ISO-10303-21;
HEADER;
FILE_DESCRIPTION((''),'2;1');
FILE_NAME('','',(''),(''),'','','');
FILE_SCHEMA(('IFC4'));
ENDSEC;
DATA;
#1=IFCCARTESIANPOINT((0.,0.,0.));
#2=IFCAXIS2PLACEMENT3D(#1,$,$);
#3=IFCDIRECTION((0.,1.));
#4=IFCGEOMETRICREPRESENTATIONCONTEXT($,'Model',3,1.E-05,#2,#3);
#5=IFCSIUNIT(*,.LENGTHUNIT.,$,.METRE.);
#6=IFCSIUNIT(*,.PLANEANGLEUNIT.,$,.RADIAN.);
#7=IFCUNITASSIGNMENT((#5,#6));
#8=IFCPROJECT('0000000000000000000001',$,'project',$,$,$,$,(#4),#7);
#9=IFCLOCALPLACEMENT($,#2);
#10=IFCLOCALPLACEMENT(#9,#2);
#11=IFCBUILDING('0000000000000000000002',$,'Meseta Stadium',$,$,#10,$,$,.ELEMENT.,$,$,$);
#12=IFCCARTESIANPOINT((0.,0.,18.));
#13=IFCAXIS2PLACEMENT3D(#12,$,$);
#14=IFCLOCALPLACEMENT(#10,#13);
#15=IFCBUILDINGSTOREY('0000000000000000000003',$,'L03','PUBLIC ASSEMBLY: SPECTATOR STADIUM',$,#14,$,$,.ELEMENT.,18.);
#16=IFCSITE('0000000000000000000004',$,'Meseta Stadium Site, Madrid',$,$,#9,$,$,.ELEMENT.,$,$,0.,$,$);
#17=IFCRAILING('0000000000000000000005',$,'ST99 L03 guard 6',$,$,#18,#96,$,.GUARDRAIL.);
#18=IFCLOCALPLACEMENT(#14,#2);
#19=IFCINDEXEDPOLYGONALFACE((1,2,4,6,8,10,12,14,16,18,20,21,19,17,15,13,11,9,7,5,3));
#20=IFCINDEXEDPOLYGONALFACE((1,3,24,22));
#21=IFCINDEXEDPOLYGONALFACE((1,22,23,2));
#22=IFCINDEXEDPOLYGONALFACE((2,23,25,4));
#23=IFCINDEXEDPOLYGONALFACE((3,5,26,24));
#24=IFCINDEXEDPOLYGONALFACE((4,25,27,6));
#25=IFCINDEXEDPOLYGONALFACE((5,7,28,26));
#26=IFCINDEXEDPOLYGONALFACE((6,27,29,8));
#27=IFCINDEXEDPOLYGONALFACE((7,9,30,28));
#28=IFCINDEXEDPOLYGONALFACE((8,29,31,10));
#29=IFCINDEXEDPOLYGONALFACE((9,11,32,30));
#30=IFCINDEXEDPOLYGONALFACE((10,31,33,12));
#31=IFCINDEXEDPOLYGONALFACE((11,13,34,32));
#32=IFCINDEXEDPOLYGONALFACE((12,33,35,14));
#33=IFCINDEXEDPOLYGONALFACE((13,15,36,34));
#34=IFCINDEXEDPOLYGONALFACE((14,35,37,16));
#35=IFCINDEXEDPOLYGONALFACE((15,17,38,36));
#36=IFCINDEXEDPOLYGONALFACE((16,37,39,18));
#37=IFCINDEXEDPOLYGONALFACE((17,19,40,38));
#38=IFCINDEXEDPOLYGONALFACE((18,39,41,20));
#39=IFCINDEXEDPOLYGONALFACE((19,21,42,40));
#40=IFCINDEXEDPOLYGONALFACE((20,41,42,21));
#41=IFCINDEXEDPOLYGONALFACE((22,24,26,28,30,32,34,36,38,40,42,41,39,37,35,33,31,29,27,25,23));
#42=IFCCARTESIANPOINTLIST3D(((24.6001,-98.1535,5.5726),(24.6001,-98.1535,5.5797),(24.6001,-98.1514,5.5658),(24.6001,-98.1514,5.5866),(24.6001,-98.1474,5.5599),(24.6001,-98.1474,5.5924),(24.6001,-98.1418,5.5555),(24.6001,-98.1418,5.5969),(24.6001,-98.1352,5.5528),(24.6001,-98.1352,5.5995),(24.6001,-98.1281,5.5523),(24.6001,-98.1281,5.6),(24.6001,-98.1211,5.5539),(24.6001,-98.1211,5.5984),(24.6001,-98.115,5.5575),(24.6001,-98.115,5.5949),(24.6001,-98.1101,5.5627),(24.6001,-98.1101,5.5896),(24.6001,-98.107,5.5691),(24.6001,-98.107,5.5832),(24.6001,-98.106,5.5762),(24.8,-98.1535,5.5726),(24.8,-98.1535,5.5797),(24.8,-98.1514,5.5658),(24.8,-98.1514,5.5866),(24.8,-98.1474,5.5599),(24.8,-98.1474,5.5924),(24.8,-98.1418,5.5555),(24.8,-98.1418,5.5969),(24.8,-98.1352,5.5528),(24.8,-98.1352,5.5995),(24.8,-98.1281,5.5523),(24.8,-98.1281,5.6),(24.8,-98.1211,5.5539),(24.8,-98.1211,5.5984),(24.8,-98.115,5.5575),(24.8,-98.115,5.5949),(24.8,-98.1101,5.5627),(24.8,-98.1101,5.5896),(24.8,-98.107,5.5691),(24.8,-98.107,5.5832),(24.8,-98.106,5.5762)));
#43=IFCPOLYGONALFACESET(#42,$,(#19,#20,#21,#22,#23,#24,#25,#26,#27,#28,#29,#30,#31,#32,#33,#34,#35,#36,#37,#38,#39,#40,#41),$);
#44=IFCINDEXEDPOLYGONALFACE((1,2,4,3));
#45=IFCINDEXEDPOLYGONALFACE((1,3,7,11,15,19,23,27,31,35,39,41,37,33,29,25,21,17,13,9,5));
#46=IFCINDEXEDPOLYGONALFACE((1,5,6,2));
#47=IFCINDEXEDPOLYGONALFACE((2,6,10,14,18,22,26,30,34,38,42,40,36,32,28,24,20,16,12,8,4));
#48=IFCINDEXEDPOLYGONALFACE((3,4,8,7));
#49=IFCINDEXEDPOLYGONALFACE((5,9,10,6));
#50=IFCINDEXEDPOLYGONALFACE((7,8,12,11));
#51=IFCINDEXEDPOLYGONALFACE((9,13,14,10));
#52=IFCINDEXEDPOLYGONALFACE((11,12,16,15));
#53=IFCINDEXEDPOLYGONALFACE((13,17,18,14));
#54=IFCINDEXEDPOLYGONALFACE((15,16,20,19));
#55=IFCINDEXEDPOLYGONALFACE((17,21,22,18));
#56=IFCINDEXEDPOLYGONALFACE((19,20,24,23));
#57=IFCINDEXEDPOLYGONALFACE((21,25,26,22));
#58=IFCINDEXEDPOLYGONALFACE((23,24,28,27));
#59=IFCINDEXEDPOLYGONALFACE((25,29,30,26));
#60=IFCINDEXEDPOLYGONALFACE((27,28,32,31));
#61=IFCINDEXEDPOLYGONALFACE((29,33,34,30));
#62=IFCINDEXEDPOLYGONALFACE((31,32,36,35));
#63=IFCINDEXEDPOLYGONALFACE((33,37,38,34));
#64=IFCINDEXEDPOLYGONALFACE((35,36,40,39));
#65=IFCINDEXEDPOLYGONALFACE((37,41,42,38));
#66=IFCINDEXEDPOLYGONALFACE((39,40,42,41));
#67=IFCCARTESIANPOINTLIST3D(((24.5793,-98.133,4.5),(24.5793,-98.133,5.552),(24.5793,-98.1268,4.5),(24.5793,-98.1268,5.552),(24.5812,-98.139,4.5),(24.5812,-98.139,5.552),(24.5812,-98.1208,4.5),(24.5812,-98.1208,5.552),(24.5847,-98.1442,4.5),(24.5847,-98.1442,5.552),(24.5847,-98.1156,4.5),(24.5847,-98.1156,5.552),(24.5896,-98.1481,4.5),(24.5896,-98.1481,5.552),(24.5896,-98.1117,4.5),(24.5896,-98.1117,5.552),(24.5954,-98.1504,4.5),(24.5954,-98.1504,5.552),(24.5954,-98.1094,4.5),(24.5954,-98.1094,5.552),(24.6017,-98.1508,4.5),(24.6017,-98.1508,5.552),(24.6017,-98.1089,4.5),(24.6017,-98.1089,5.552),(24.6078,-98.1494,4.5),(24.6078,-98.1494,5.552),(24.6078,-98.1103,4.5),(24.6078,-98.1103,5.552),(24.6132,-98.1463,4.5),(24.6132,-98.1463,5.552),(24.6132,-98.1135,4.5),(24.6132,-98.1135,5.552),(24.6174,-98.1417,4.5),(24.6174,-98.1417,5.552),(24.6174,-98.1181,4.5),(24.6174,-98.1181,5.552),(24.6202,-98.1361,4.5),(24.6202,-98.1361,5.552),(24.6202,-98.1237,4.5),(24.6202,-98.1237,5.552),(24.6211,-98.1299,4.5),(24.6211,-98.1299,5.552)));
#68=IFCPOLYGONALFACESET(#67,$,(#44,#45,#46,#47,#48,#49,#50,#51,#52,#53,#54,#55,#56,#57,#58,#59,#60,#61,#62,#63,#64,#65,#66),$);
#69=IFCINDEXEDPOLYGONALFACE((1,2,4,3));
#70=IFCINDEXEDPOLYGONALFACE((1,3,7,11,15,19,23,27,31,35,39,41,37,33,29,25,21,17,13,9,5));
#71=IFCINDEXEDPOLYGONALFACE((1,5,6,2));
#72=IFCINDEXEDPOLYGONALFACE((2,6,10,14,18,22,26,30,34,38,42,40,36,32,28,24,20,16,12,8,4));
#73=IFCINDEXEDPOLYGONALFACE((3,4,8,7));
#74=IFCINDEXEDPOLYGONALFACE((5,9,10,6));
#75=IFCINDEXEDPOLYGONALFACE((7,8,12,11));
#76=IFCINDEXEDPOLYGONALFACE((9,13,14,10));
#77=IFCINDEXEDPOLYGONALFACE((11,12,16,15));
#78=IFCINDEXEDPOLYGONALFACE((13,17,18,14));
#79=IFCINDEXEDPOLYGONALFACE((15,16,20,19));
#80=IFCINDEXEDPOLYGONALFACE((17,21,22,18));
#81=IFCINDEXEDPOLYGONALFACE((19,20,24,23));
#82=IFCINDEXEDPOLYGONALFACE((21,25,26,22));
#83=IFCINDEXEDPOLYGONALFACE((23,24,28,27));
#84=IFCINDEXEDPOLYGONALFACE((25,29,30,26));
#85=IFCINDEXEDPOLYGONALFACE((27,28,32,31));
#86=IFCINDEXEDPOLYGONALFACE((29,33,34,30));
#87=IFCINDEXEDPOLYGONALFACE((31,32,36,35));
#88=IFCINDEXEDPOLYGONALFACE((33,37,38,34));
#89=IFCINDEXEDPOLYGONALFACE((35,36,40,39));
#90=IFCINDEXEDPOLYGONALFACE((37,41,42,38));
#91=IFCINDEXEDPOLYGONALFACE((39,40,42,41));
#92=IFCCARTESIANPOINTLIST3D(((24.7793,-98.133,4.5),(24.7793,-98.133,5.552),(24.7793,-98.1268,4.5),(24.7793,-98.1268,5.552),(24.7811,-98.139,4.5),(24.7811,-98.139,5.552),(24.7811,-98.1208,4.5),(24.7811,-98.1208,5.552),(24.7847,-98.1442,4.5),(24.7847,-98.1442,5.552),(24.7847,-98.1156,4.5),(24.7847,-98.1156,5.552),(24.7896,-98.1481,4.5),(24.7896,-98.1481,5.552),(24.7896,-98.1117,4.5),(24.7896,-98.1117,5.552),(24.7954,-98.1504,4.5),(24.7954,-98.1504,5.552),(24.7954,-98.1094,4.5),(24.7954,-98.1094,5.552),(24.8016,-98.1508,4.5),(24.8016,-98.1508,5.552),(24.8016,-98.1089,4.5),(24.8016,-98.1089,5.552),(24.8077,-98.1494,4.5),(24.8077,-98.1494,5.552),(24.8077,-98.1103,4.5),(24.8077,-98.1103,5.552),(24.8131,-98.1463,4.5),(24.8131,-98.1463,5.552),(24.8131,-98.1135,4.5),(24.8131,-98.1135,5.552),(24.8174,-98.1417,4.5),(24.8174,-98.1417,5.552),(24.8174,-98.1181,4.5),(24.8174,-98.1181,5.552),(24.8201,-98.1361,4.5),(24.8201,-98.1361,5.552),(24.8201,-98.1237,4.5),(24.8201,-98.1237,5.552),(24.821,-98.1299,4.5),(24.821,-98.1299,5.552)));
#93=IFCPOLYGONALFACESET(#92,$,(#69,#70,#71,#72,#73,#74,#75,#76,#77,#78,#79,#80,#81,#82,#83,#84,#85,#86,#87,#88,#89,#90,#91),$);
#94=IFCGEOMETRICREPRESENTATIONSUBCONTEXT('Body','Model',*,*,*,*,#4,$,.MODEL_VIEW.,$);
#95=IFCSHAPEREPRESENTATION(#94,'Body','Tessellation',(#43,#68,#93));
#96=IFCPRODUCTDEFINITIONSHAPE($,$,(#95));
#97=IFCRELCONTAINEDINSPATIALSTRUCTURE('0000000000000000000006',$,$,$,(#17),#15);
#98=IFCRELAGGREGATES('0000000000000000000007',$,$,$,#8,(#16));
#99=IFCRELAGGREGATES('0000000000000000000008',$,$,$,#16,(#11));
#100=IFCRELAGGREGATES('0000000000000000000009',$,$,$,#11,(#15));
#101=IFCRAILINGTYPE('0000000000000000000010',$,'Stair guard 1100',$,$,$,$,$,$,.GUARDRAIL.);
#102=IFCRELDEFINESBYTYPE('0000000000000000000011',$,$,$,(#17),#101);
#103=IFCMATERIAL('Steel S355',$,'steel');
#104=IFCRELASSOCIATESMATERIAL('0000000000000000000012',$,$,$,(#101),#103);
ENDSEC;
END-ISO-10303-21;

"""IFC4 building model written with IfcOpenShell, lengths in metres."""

from ifc_helpers import new_model, si_unit, direction, frame, origin, origin_2d, place, context, subcontext, project, spatial, circle, extrude, material, type_object, element, save


model = new_model("IFC4")

# Units and contexts
model_context = context("Model", 3, precision=1e-05, world=origin(), true_north=direction((0.0, 1.0)))
body_context = subcontext(model_context, "Body", "Model", "MODEL_VIEW")
ifc_project = project(units=[si_unit("LENGTHUNIT", "METRE"), si_unit("PLANEANGLEUNIT", "RADIAN")], contexts=[model_context])

# Site, building, storey
site_placement = place(None, origin())
site = spatial("IfcSite", under=ifc_project, at=site_placement, Name="Meseta Stadium Site, Madrid", CompositionType="ELEMENT", RefElevation=0.0)
building_placement = place(site_placement, origin())
building = spatial("IfcBuilding", under=site, at=building_placement, Name="Meseta Stadium", CompositionType="ELEMENT")
storey_placement = place(building_placement, frame((0.0, 0.0, 18.0)))
storey = spatial("IfcBuildingStorey", under=building, at=storey_placement, Name="L03", Description="PUBLIC ASSEMBLY: SPECTATOR STADIUM", CompositionType="ELEMENT", Elevation=18.0)

# Railing
ifc_material_1 = material(Name="Steel S355", Category="steel")
railing_type_1 = type_object("IfcRailingType", Name="Stair guard 1100", PredefinedType="GUARDRAIL", material=ifc_material_1)
railing_1_placement = place(storey_placement, frame((24.6001, -98.1299, 4.5)))
element("IfcRailing", 1, at=railing_1_placement, inside=storey, type_object=railing_type_1, Name="ST99 L03 guard 6", PredefinedType="GUARDRAIL", context=body_context, shape_type="SweptSolid", body=[
    extrude(circle(Radius=0.0239, at=origin_2d()), frame((0.0, 0.0, 1.0762), z_axis=(1.0, 0.0, 0.0), x_axis=(0.0, 1.0, 0.0)), (0.0, 0.0, 1.0), 0.2),
    extrude(circle(Radius=0.021, at=origin_2d()), origin(), (0.0, 0.0, 1.0), 1.052),
    extrude(circle(Radius=0.021, at=origin_2d()), frame((0.2, 0.0, 0.0)), (0.0, 0.0, 1.0), 1.052),
])

save(model, "model.ifc")
